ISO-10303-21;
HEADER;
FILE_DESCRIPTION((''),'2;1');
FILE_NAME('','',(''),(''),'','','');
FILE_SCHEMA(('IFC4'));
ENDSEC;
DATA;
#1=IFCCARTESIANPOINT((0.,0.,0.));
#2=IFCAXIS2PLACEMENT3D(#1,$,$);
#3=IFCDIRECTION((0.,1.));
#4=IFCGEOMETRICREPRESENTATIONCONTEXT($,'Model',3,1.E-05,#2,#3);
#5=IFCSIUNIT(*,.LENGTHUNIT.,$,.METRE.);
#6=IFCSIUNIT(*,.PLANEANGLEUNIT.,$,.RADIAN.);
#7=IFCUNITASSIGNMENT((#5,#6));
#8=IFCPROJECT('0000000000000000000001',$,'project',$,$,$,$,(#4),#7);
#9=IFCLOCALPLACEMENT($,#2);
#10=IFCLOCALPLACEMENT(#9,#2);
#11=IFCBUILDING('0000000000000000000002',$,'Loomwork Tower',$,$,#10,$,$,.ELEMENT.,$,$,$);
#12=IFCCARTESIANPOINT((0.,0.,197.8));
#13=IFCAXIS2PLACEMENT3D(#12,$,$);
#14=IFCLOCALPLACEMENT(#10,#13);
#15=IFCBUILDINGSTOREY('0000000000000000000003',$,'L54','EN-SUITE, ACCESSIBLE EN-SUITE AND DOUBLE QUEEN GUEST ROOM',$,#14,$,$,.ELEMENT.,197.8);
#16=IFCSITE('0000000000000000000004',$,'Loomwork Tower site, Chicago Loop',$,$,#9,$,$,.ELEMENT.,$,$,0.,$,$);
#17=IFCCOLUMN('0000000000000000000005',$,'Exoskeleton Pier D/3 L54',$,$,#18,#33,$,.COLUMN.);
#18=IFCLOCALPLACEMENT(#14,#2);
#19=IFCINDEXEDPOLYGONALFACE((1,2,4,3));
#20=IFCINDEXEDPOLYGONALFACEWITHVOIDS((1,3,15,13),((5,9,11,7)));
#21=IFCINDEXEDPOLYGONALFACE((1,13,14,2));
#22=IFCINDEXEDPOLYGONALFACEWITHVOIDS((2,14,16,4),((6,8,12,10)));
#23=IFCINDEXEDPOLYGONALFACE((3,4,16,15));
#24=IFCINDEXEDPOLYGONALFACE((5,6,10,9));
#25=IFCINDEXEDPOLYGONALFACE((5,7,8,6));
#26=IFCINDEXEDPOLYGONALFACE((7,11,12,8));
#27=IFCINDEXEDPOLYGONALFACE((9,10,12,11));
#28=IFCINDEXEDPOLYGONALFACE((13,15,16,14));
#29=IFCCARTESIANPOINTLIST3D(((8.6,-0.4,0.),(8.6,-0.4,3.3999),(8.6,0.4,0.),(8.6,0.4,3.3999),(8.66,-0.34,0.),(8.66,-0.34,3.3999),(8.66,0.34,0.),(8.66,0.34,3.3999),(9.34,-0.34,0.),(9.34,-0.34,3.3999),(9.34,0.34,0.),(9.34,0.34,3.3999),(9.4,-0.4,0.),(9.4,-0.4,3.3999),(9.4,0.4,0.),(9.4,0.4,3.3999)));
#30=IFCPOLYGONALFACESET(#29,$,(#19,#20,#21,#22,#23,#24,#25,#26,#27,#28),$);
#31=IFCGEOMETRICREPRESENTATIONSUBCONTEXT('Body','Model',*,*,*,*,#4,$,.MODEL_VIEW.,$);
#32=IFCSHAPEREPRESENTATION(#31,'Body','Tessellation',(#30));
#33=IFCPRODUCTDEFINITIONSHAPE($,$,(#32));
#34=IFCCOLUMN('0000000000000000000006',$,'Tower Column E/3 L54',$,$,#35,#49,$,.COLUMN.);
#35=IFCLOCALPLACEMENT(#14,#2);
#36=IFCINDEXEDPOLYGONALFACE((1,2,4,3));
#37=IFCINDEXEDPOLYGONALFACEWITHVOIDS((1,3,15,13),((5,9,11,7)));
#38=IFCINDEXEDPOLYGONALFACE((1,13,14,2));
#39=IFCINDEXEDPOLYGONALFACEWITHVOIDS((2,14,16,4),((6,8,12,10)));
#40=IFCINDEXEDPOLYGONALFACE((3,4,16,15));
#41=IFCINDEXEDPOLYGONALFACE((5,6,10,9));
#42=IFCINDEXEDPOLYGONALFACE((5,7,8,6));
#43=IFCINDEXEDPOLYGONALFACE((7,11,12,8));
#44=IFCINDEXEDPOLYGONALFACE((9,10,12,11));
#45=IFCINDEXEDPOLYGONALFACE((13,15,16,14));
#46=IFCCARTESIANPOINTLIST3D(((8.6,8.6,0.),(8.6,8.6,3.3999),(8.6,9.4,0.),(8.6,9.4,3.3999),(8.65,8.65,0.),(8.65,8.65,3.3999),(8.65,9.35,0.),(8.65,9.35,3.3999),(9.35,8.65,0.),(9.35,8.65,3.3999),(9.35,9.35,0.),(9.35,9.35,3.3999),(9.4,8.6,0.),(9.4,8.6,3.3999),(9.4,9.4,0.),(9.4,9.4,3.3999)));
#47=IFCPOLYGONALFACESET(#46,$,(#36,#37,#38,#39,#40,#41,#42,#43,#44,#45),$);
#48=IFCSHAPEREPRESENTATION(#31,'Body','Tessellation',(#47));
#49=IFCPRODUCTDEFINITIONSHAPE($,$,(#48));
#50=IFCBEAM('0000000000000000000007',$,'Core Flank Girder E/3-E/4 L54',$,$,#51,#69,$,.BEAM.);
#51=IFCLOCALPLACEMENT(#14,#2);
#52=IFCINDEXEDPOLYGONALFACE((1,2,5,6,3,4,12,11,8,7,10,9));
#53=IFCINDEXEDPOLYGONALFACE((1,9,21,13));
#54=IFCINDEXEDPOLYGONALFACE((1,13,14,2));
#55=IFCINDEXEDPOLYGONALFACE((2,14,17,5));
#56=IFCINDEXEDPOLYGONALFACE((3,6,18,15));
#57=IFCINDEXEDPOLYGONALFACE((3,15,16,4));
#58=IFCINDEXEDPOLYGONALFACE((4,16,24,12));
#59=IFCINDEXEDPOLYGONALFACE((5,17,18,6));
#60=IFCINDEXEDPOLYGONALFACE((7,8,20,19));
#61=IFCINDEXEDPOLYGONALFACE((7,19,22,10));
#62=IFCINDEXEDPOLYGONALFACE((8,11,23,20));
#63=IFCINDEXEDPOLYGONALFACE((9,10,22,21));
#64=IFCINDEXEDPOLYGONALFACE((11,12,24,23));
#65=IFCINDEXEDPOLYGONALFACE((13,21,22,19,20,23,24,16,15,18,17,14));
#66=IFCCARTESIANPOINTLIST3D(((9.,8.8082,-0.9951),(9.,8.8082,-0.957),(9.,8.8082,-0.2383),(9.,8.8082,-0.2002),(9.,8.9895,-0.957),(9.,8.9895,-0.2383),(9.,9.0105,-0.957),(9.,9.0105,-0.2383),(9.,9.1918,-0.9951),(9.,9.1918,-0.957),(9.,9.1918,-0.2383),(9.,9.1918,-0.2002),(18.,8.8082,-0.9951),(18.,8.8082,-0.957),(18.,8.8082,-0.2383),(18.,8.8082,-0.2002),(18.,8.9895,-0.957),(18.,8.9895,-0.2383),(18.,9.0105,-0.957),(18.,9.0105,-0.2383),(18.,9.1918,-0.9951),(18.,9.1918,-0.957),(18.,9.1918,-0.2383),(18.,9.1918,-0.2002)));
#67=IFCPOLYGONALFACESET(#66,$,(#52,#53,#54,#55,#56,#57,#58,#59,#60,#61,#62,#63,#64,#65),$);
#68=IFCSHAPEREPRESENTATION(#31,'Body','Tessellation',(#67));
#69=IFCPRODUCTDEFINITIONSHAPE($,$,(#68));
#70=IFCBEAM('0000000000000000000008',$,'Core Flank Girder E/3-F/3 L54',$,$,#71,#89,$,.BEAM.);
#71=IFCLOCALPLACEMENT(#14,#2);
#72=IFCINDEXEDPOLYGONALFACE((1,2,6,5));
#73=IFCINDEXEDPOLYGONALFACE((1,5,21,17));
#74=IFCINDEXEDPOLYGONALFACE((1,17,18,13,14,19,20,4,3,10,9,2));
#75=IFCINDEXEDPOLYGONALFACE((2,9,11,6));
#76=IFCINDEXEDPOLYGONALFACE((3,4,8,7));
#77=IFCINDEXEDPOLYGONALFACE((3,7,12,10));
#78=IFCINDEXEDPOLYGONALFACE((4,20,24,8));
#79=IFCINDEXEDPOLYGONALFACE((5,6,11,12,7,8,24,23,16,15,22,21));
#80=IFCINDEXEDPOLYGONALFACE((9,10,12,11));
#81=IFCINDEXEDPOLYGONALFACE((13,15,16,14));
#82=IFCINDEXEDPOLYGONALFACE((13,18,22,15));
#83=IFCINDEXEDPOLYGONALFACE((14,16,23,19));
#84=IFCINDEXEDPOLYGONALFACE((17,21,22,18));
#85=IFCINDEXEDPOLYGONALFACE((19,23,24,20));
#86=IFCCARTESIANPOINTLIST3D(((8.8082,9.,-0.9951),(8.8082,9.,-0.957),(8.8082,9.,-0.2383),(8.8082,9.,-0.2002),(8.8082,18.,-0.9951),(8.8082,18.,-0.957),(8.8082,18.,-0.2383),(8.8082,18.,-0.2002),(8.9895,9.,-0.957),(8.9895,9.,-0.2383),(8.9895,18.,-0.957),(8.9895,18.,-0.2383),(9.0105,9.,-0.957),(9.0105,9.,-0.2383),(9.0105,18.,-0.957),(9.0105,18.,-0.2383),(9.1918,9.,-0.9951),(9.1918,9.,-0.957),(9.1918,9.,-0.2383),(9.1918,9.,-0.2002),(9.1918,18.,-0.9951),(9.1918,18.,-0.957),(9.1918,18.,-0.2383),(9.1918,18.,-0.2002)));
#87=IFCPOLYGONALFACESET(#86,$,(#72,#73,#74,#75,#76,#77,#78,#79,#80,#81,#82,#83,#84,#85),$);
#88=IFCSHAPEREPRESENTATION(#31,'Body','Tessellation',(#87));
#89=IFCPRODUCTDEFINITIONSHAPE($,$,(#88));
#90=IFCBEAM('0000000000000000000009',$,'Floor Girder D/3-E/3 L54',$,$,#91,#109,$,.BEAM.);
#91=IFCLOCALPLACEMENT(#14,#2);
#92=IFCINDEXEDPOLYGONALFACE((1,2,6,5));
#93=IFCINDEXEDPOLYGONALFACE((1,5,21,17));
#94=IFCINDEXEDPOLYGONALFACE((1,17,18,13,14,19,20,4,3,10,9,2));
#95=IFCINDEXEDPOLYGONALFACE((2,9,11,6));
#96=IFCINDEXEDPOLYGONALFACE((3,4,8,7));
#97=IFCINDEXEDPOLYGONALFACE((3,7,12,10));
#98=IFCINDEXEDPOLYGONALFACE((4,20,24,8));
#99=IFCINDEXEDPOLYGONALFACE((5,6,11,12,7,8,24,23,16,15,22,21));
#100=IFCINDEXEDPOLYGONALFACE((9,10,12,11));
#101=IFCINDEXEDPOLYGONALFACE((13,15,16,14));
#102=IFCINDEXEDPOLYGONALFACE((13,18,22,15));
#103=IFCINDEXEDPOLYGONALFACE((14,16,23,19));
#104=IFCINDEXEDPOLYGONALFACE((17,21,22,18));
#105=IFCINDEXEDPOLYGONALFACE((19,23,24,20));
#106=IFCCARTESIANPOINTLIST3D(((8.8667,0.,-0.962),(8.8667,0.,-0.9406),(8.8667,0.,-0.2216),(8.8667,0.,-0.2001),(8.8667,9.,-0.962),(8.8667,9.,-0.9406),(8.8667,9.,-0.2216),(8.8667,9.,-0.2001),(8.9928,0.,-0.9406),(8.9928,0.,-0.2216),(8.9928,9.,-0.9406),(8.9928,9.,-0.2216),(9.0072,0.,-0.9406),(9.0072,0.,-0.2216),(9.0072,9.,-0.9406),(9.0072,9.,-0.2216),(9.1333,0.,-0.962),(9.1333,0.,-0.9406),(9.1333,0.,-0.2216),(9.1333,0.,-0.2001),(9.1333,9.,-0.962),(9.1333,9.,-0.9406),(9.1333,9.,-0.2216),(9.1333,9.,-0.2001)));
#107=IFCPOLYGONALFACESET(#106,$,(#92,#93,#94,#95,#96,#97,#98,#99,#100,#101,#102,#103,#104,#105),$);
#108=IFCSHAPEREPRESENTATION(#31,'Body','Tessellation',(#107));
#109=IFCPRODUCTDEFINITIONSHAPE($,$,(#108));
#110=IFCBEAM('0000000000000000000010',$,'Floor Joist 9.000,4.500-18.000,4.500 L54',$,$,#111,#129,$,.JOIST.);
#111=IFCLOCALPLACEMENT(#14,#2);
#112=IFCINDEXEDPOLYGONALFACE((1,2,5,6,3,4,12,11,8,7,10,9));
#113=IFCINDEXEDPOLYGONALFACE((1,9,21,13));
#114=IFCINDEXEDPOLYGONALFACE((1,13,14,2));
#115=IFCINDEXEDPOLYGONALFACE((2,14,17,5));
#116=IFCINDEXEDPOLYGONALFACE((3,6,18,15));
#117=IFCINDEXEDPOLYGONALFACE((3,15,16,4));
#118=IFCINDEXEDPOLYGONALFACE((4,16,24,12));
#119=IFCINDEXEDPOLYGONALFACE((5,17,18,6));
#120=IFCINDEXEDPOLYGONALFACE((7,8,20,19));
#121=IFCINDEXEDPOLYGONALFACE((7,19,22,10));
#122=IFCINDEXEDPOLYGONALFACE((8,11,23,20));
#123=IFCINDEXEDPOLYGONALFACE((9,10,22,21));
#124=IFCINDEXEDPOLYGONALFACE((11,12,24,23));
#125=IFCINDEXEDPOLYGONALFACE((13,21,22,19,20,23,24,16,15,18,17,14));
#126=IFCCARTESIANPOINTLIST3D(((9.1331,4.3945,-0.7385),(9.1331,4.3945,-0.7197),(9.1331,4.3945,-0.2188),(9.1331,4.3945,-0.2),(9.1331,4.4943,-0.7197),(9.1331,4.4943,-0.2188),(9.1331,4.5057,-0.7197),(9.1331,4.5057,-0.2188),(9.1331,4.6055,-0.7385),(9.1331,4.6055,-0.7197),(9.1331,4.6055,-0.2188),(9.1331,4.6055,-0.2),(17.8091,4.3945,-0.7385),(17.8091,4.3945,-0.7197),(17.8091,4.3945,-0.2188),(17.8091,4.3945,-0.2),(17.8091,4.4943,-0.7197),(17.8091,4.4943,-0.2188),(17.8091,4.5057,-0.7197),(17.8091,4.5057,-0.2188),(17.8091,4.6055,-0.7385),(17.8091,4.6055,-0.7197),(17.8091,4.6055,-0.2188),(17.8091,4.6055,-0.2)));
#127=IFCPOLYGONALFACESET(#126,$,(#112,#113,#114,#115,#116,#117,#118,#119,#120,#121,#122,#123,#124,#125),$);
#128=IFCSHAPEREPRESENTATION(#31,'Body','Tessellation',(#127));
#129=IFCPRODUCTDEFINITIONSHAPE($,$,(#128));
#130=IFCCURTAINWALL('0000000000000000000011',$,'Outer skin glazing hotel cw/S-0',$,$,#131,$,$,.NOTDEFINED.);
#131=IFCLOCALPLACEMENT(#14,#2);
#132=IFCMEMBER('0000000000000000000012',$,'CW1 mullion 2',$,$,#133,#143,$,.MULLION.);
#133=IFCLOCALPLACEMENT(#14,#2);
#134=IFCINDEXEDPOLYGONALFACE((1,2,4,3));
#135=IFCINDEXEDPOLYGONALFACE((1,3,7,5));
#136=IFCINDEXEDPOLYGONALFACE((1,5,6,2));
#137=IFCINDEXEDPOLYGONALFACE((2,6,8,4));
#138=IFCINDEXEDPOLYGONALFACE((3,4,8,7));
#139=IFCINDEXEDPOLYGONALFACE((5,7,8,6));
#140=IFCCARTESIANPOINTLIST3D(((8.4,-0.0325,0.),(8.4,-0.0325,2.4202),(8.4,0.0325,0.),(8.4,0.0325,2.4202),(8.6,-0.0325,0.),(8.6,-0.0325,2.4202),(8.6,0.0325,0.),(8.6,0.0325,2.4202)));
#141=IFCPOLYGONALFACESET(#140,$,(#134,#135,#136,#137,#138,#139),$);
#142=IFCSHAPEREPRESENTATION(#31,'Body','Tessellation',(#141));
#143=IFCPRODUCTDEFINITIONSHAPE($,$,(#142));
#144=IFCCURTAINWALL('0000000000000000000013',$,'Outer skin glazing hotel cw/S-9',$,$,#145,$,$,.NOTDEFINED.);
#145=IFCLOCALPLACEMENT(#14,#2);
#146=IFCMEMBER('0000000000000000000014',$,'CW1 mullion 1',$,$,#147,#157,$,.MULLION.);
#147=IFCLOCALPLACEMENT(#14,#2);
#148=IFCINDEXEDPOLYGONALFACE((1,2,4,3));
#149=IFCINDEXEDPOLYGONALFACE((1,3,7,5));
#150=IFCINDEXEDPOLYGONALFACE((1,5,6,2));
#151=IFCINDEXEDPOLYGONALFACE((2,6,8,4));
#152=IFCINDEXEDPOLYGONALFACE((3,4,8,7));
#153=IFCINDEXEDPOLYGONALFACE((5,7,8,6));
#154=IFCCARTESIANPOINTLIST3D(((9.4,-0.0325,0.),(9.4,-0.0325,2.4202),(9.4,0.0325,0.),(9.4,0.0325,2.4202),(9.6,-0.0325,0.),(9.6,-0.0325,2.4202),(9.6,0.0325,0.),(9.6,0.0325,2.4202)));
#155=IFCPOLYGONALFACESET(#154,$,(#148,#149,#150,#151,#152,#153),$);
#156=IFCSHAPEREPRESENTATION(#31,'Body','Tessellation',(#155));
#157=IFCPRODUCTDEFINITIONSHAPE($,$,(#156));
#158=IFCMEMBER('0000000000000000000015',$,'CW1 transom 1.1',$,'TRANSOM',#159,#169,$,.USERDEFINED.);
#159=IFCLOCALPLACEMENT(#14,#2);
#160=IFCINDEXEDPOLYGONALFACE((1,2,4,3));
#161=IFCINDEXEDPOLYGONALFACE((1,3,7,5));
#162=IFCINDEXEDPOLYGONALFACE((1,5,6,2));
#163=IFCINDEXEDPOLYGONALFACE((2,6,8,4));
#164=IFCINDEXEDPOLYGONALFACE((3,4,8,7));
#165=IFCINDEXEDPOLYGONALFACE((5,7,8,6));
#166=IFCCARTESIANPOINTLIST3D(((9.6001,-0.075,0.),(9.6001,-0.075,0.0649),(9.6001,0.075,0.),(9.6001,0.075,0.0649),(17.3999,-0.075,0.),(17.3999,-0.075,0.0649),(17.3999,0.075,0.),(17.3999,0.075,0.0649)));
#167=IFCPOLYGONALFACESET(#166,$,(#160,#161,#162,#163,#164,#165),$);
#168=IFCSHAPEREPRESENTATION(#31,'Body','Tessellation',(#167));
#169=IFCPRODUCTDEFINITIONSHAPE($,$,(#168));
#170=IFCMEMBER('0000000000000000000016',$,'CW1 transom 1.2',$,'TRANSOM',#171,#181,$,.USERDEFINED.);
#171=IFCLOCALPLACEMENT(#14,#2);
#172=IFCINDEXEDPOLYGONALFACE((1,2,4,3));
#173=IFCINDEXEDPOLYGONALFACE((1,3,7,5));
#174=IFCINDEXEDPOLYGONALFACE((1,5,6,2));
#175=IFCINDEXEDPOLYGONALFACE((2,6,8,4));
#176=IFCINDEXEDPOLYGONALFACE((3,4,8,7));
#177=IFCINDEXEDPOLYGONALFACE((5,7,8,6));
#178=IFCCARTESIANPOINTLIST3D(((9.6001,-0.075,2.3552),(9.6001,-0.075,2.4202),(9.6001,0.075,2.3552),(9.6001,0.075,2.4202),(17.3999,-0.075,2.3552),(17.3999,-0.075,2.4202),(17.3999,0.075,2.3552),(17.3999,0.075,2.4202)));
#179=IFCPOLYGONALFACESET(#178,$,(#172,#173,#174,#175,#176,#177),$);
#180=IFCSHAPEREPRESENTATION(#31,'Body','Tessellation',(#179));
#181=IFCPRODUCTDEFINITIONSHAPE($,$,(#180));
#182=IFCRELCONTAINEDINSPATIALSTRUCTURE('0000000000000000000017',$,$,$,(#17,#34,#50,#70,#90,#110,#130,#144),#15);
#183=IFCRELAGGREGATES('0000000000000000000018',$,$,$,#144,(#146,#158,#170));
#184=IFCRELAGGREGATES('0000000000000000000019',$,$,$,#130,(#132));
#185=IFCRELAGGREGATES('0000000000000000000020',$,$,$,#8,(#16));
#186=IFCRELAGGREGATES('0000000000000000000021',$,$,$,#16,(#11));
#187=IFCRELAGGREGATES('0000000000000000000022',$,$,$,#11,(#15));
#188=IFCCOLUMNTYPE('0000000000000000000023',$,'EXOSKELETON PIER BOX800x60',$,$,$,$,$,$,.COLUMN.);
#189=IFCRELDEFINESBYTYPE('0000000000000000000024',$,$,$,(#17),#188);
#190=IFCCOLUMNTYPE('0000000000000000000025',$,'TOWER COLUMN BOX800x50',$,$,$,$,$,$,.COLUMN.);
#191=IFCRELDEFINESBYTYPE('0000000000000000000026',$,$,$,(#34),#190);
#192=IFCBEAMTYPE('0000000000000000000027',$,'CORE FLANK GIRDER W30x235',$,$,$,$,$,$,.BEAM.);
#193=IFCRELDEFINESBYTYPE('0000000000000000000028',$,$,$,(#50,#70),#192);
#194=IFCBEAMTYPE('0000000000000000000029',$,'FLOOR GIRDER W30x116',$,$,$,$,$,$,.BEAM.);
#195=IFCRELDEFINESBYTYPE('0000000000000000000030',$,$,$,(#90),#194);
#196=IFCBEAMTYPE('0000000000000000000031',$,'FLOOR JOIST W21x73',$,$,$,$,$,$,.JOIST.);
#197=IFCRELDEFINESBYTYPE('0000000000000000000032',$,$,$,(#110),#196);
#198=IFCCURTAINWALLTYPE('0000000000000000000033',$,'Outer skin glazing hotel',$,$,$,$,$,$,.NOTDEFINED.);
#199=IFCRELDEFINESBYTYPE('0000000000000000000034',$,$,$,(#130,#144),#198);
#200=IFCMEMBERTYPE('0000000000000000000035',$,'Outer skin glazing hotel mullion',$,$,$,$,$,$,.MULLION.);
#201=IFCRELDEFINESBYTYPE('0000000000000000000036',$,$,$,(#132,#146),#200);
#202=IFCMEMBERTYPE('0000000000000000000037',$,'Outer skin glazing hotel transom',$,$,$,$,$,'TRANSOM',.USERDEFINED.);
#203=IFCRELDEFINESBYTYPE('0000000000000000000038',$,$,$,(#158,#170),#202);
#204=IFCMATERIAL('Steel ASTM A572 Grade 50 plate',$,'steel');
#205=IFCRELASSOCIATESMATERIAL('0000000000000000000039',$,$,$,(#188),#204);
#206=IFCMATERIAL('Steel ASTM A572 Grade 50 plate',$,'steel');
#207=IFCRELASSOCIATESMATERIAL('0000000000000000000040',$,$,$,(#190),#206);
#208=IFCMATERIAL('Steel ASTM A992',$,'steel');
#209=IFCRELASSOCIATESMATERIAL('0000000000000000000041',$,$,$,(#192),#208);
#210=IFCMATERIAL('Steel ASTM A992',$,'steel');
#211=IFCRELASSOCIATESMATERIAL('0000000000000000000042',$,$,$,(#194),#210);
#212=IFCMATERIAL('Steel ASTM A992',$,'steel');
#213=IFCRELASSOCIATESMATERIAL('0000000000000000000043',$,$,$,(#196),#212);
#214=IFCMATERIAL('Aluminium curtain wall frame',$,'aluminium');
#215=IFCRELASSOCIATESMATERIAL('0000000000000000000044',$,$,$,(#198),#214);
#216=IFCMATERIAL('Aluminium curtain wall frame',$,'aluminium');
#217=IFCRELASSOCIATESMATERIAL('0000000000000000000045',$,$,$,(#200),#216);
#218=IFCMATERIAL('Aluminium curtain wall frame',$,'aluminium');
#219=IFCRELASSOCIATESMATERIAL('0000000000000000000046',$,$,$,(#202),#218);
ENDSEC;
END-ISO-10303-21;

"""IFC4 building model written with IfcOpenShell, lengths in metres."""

from ifc_helpers import new_model, si_unit, direction, frame, origin, origin_2d, place, context, subcontext, project, spatial, rectangle, hollow_rectangle, i_section, extrude, material, material_profile, profile_set, type_object, element, aggregate, save


model = new_model("IFC4")

# Units and contexts
model_context = context("Model", 3, precision=1e-05, world=origin(), true_north=direction((0.0, 1.0)))
body_context = subcontext(model_context, "Body", "Model", "MODEL_VIEW")
ifc_project = project(units=[si_unit("LENGTHUNIT", "METRE"), si_unit("PLANEANGLEUNIT", "RADIAN")], contexts=[model_context])

# Site, building, storey
site_placement = place(None, origin())
site = spatial("IfcSite", under=ifc_project, at=site_placement, Name="Loomwork Tower site, Chicago Loop", CompositionType="ELEMENT", RefElevation=0.0)
building_placement = place(site_placement, origin())
building = spatial("IfcBuilding", under=site, at=building_placement, Name="Loomwork Tower", CompositionType="ELEMENT")
storey_placement = place(building_placement, frame((0.0, 0.0, 197.8)))
storey = spatial("IfcBuildingStorey", under=building, at=storey_placement, Name="L54", Description="EN-SUITE, ACCESSIBLE EN-SUITE AND DOUBLE QUEEN GUEST ROOM", CompositionType="ELEMENT", Elevation=197.8)

# Columns
ifc_material_1 = material(Name="Steel ASTM A572 Grade 50 plate", Category="steel")
ifc_material_profile_1 = material_profile(ifc_material_1, hollow_rectangle(XDim=0.8, YDim=0.8, WallThickness=0.0601, at=origin_2d()), Name="BOX800x60")
ifc_profile_set_1 = profile_set([ifc_material_profile_1], Name="Steel ASTM A572 Grade 50 plate")
column_type_1 = type_object("IfcColumnType", Name="EXOSKELETON PIER BOX800x60", PredefinedType="COLUMN", material=ifc_profile_set_1)
column_1_placement = place(storey_placement, frame((9.0, 0.0, 0.0), z_axis=(0.0, 0.0, 1.0), x_axis=(1.0, 0.0, 0.0)))
element("IfcColumn", 1, at=column_1_placement, inside=storey, type_object=column_type_1, Name="Exoskeleton Pier D/3 L54", PredefinedType="COLUMN", context=body_context, shape_type="SweptSolid", body=[
    extrude(hollow_rectangle(XDim=0.8, YDim=0.8, WallThickness=0.0601, at=origin_2d()), origin(), (0.0, 0.0, 1.0), 3.3999),
])
ifc_material_2 = material(Name="Steel ASTM A572 Grade 50 plate", Category="steel")
ifc_material_profile_2 = material_profile(ifc_material_2, hollow_rectangle(XDim=0.8, YDim=0.8, WallThickness=0.05, at=origin_2d()), Name="BOX800x50")
ifc_profile_set_2 = profile_set([ifc_material_profile_2], Name="Steel ASTM A572 Grade 50 plate")
column_type_2 = type_object("IfcColumnType", Name="TOWER COLUMN BOX800x50", PredefinedType="COLUMN", material=ifc_profile_set_2)
column_2_placement = place(storey_placement, frame((9.0, 9.0, 0.0), z_axis=(0.0, 0.0, 1.0), x_axis=(1.0, 0.0, 0.0)))
element("IfcColumn", 2, at=column_2_placement, inside=storey, type_object=column_type_2, Name="Tower Column E/3 L54", PredefinedType="COLUMN", context=body_context, shape_type="SweptSolid", body=[
    extrude(hollow_rectangle(XDim=0.8, YDim=0.8, WallThickness=0.05, at=origin_2d()), origin(), (0.0, 0.0, 1.0), 3.3999),
])

# Beams
ifc_material_3 = material(Name="Steel ASTM A992", Category="steel")
ifc_material_profile_3 = material_profile(ifc_material_3, i_section(OverallWidth=0.3835, OverallDepth=0.7949, WebThickness=0.021, FlangeThickness=0.0381, at=origin_2d()), Name="W30x235")
ifc_profile_set_3 = profile_set([ifc_material_profile_3], Name="Steel ASTM A992")
beam_type_1 = type_object("IfcBeamType", Name="CORE FLANK GIRDER W30x235", PredefinedType="BEAM", material=ifc_profile_set_3)
for number, where, z_axis, x_axis, name in (
    (3, (9.0, 9.0, -0.5977), (1.0, 0.0, 0.0), (0.0, 1.0, 0.0), "Core Flank Girder E/3-E/4 L54"),
    (4, (9.0, 9.0, -0.5977), (0.0, 1.0, 0.0), (-1.0, 0.0, 0.0), "Core Flank Girder E/3-F/3 L54"),
):
    element("IfcBeam", number, at=place(storey_placement, frame(where, z_axis=z_axis, x_axis=x_axis)), inside=storey, type_object=beam_type_1, Name=name, PredefinedType="BEAM", context=body_context, shape_type="SweptSolid", body=[
        extrude(i_section(OverallWidth=0.3835, OverallDepth=0.7949, WebThickness=0.021, FlangeThickness=0.0381, at=origin_2d()), origin(), (0.0, 0.0, 1.0), 9.0),
    ])
ifc_material_4 = material(Name="Steel ASTM A992", Category="steel")
ifc_material_profile_4 = material_profile(ifc_material_4, i_section(OverallWidth=0.2666, OverallDepth=0.762, WebThickness=0.0144, FlangeThickness=0.0215, at=origin_2d()), Name="W30x116")
ifc_profile_set_4 = profile_set([ifc_material_profile_4], Name="Steel ASTM A992")
beam_type_2 = type_object("IfcBeamType", Name="FLOOR GIRDER W30x116", PredefinedType="BEAM", material=ifc_profile_set_4)
beam_1_placement = place(storey_placement, frame((9.0, 0.0, -0.5811), z_axis=(0.0, 1.0, 0.0), x_axis=(-1.0, 0.0, 0.0)))
element("IfcBeam", 5, at=beam_1_placement, inside=storey, type_object=beam_type_2, Name="Floor Girder D/3-E/3 L54", PredefinedType="BEAM", context=body_context, shape_type="SweptSolid", body=[
    extrude(i_section(OverallWidth=0.2666, OverallDepth=0.762, WebThickness=0.0144, FlangeThickness=0.0215, at=origin_2d()), origin(), (0.0, 0.0, 1.0), 9.0),
])
ifc_material_5 = material(Name="Steel ASTM A992", Category="steel")
ifc_material_profile_5 = material_profile(ifc_material_5, i_section(OverallWidth=0.2109, OverallDepth=0.5386, WebThickness=0.0115, FlangeThickness=0.0188, at=origin_2d()), Name="W21x73")
ifc_profile_set_5 = profile_set([ifc_material_profile_5], Name="Steel ASTM A992")
beam_type_3 = type_object("IfcBeamType", Name="FLOOR JOIST W21x73", PredefinedType="JOIST", material=ifc_profile_set_5)
beam_2_placement = place(storey_placement, frame((9.1331, 4.5, -0.4692), z_axis=(1.0, 0.0, 0.0), x_axis=(0.0, 1.0, 0.0)))
element("IfcBeam", 6, at=beam_2_placement, inside=storey, type_object=beam_type_3, Name="Floor Joist 9.000,4.500-18.000,4.500 L54", PredefinedType="JOIST", context=body_context, shape_type="SweptSolid", body=[
    extrude(i_section(OverallWidth=0.2109, OverallDepth=0.5386, WebThickness=0.0115, FlangeThickness=0.0188, at=origin_2d()), origin(), (0.0, 0.0, 1.0), 8.676),
])

# Curtain wall, member
ifc_material_6 = material(Name="Aluminium curtain wall frame", Category="aluminium")
curtain_wall_type = type_object("IfcCurtainWallType", Name="Outer skin glazing hotel", PredefinedType="NOTDEFINED", material=ifc_material_6)
curtain_wall_1_placement = place(storey_placement, origin())
curtain_wall_1 = element("IfcCurtainWall", 7, at=curtain_wall_1_placement, inside=storey, type_object=curtain_wall_type, Name="Outer skin glazing hotel cw/S-0", PredefinedType="NOTDEFINED")
ifc_material_7 = material(Name="Aluminium curtain wall frame", Category="aluminium")
ifc_material_profile_6 = material_profile(ifc_material_7, rectangle(XDim=0.0649, YDim=0.2, at=origin_2d()), Name="AL 65x200")
ifc_profile_set_6 = profile_set([ifc_material_profile_6], Name="Aluminium curtain wall frame")
member_type_1 = type_object("IfcMemberType", Name="Outer skin glazing hotel mullion", PredefinedType="MULLION", material=ifc_profile_set_6)
member_1_placement = place(storey_placement, frame((8.5, 0.0, 0.0), z_axis=(0.0, 0.0, 1.0), x_axis=(0.0, 1.0, 0.0)))
member_1 = element("IfcMember", 8, at=member_1_placement, type_object=member_type_1, Name="CW1 mullion 2", PredefinedType="MULLION", context=body_context, shape_type="SweptSolid", body=[
    extrude(rectangle(XDim=0.0649, YDim=0.2, at=origin_2d()), origin(), (0.0, 0.0, 1.0), 2.4202),
])

# Curtain wall, members
curtain_wall_2_placement = place(storey_placement, origin())
curtain_wall_2 = element("IfcCurtainWall", 9, at=curtain_wall_2_placement, inside=storey, type_object=curtain_wall_type, Name="Outer skin glazing hotel cw/S-9", PredefinedType="NOTDEFINED")
member_2_placement = place(storey_placement, frame((9.5, 0.0, 0.0), z_axis=(0.0, 0.0, 1.0), x_axis=(0.0, 1.0, 0.0)))
member_2 = element("IfcMember", 10, at=member_2_placement, type_object=member_type_1, Name="CW1 mullion 1", PredefinedType="MULLION", context=body_context, shape_type="SweptSolid", body=[
    extrude(rectangle(XDim=0.0649, YDim=0.2, at=origin_2d()), origin(), (0.0, 0.0, 1.0), 2.4202),
])
ifc_material_8 = material(Name="Aluminium curtain wall frame", Category="aluminium")
ifc_material_profile_7 = material_profile(ifc_material_8, rectangle(XDim=0.1499, YDim=0.0649, at=origin_2d()), Name="AL 65x150")
ifc_profile_set_7 = profile_set([ifc_material_profile_7], Name="Aluminium curtain wall frame")
member_type_2 = type_object("IfcMemberType", Name="Outer skin glazing hotel transom", ElementType="TRANSOM", PredefinedType="USERDEFINED", material=ifc_profile_set_7)
member_3_placement = place(storey_placement, frame((9.6001, 0.0, 0.0325), z_axis=(1.0, 0.0, 0.0), x_axis=(0.0, 1.0, 0.0)))
member_3 = element("IfcMember", 11, at=member_3_placement, type_object=member_type_2, Name="CW1 transom 1.1", ObjectType="TRANSOM", PredefinedType="USERDEFINED", context=body_context, shape_type="SweptSolid", body=[
    extrude(rectangle(XDim=0.1499, YDim=0.0649, at=origin_2d()), origin(), (0.0, 0.0, 1.0), 7.7998),
])
member_4_placement = place(storey_placement, frame((9.6001, 0.0, 2.3877), z_axis=(1.0, 0.0, 0.0), x_axis=(0.0, 1.0, 0.0)))
member_4 = element("IfcMember", 12, at=member_4_placement, type_object=member_type_2, Name="CW1 transom 1.2", ObjectType="TRANSOM", PredefinedType="USERDEFINED", context=body_context, shape_type="SweptSolid", body=[
    extrude(rectangle(XDim=0.1499, YDim=0.0649, at=origin_2d()), origin(), (0.0, 0.0, 1.0), 7.7998),
])
aggregate(curtain_wall_2, [member_2, member_3, member_4])

aggregate(curtain_wall_1, [member_1])

save(model, "model.ifc")
